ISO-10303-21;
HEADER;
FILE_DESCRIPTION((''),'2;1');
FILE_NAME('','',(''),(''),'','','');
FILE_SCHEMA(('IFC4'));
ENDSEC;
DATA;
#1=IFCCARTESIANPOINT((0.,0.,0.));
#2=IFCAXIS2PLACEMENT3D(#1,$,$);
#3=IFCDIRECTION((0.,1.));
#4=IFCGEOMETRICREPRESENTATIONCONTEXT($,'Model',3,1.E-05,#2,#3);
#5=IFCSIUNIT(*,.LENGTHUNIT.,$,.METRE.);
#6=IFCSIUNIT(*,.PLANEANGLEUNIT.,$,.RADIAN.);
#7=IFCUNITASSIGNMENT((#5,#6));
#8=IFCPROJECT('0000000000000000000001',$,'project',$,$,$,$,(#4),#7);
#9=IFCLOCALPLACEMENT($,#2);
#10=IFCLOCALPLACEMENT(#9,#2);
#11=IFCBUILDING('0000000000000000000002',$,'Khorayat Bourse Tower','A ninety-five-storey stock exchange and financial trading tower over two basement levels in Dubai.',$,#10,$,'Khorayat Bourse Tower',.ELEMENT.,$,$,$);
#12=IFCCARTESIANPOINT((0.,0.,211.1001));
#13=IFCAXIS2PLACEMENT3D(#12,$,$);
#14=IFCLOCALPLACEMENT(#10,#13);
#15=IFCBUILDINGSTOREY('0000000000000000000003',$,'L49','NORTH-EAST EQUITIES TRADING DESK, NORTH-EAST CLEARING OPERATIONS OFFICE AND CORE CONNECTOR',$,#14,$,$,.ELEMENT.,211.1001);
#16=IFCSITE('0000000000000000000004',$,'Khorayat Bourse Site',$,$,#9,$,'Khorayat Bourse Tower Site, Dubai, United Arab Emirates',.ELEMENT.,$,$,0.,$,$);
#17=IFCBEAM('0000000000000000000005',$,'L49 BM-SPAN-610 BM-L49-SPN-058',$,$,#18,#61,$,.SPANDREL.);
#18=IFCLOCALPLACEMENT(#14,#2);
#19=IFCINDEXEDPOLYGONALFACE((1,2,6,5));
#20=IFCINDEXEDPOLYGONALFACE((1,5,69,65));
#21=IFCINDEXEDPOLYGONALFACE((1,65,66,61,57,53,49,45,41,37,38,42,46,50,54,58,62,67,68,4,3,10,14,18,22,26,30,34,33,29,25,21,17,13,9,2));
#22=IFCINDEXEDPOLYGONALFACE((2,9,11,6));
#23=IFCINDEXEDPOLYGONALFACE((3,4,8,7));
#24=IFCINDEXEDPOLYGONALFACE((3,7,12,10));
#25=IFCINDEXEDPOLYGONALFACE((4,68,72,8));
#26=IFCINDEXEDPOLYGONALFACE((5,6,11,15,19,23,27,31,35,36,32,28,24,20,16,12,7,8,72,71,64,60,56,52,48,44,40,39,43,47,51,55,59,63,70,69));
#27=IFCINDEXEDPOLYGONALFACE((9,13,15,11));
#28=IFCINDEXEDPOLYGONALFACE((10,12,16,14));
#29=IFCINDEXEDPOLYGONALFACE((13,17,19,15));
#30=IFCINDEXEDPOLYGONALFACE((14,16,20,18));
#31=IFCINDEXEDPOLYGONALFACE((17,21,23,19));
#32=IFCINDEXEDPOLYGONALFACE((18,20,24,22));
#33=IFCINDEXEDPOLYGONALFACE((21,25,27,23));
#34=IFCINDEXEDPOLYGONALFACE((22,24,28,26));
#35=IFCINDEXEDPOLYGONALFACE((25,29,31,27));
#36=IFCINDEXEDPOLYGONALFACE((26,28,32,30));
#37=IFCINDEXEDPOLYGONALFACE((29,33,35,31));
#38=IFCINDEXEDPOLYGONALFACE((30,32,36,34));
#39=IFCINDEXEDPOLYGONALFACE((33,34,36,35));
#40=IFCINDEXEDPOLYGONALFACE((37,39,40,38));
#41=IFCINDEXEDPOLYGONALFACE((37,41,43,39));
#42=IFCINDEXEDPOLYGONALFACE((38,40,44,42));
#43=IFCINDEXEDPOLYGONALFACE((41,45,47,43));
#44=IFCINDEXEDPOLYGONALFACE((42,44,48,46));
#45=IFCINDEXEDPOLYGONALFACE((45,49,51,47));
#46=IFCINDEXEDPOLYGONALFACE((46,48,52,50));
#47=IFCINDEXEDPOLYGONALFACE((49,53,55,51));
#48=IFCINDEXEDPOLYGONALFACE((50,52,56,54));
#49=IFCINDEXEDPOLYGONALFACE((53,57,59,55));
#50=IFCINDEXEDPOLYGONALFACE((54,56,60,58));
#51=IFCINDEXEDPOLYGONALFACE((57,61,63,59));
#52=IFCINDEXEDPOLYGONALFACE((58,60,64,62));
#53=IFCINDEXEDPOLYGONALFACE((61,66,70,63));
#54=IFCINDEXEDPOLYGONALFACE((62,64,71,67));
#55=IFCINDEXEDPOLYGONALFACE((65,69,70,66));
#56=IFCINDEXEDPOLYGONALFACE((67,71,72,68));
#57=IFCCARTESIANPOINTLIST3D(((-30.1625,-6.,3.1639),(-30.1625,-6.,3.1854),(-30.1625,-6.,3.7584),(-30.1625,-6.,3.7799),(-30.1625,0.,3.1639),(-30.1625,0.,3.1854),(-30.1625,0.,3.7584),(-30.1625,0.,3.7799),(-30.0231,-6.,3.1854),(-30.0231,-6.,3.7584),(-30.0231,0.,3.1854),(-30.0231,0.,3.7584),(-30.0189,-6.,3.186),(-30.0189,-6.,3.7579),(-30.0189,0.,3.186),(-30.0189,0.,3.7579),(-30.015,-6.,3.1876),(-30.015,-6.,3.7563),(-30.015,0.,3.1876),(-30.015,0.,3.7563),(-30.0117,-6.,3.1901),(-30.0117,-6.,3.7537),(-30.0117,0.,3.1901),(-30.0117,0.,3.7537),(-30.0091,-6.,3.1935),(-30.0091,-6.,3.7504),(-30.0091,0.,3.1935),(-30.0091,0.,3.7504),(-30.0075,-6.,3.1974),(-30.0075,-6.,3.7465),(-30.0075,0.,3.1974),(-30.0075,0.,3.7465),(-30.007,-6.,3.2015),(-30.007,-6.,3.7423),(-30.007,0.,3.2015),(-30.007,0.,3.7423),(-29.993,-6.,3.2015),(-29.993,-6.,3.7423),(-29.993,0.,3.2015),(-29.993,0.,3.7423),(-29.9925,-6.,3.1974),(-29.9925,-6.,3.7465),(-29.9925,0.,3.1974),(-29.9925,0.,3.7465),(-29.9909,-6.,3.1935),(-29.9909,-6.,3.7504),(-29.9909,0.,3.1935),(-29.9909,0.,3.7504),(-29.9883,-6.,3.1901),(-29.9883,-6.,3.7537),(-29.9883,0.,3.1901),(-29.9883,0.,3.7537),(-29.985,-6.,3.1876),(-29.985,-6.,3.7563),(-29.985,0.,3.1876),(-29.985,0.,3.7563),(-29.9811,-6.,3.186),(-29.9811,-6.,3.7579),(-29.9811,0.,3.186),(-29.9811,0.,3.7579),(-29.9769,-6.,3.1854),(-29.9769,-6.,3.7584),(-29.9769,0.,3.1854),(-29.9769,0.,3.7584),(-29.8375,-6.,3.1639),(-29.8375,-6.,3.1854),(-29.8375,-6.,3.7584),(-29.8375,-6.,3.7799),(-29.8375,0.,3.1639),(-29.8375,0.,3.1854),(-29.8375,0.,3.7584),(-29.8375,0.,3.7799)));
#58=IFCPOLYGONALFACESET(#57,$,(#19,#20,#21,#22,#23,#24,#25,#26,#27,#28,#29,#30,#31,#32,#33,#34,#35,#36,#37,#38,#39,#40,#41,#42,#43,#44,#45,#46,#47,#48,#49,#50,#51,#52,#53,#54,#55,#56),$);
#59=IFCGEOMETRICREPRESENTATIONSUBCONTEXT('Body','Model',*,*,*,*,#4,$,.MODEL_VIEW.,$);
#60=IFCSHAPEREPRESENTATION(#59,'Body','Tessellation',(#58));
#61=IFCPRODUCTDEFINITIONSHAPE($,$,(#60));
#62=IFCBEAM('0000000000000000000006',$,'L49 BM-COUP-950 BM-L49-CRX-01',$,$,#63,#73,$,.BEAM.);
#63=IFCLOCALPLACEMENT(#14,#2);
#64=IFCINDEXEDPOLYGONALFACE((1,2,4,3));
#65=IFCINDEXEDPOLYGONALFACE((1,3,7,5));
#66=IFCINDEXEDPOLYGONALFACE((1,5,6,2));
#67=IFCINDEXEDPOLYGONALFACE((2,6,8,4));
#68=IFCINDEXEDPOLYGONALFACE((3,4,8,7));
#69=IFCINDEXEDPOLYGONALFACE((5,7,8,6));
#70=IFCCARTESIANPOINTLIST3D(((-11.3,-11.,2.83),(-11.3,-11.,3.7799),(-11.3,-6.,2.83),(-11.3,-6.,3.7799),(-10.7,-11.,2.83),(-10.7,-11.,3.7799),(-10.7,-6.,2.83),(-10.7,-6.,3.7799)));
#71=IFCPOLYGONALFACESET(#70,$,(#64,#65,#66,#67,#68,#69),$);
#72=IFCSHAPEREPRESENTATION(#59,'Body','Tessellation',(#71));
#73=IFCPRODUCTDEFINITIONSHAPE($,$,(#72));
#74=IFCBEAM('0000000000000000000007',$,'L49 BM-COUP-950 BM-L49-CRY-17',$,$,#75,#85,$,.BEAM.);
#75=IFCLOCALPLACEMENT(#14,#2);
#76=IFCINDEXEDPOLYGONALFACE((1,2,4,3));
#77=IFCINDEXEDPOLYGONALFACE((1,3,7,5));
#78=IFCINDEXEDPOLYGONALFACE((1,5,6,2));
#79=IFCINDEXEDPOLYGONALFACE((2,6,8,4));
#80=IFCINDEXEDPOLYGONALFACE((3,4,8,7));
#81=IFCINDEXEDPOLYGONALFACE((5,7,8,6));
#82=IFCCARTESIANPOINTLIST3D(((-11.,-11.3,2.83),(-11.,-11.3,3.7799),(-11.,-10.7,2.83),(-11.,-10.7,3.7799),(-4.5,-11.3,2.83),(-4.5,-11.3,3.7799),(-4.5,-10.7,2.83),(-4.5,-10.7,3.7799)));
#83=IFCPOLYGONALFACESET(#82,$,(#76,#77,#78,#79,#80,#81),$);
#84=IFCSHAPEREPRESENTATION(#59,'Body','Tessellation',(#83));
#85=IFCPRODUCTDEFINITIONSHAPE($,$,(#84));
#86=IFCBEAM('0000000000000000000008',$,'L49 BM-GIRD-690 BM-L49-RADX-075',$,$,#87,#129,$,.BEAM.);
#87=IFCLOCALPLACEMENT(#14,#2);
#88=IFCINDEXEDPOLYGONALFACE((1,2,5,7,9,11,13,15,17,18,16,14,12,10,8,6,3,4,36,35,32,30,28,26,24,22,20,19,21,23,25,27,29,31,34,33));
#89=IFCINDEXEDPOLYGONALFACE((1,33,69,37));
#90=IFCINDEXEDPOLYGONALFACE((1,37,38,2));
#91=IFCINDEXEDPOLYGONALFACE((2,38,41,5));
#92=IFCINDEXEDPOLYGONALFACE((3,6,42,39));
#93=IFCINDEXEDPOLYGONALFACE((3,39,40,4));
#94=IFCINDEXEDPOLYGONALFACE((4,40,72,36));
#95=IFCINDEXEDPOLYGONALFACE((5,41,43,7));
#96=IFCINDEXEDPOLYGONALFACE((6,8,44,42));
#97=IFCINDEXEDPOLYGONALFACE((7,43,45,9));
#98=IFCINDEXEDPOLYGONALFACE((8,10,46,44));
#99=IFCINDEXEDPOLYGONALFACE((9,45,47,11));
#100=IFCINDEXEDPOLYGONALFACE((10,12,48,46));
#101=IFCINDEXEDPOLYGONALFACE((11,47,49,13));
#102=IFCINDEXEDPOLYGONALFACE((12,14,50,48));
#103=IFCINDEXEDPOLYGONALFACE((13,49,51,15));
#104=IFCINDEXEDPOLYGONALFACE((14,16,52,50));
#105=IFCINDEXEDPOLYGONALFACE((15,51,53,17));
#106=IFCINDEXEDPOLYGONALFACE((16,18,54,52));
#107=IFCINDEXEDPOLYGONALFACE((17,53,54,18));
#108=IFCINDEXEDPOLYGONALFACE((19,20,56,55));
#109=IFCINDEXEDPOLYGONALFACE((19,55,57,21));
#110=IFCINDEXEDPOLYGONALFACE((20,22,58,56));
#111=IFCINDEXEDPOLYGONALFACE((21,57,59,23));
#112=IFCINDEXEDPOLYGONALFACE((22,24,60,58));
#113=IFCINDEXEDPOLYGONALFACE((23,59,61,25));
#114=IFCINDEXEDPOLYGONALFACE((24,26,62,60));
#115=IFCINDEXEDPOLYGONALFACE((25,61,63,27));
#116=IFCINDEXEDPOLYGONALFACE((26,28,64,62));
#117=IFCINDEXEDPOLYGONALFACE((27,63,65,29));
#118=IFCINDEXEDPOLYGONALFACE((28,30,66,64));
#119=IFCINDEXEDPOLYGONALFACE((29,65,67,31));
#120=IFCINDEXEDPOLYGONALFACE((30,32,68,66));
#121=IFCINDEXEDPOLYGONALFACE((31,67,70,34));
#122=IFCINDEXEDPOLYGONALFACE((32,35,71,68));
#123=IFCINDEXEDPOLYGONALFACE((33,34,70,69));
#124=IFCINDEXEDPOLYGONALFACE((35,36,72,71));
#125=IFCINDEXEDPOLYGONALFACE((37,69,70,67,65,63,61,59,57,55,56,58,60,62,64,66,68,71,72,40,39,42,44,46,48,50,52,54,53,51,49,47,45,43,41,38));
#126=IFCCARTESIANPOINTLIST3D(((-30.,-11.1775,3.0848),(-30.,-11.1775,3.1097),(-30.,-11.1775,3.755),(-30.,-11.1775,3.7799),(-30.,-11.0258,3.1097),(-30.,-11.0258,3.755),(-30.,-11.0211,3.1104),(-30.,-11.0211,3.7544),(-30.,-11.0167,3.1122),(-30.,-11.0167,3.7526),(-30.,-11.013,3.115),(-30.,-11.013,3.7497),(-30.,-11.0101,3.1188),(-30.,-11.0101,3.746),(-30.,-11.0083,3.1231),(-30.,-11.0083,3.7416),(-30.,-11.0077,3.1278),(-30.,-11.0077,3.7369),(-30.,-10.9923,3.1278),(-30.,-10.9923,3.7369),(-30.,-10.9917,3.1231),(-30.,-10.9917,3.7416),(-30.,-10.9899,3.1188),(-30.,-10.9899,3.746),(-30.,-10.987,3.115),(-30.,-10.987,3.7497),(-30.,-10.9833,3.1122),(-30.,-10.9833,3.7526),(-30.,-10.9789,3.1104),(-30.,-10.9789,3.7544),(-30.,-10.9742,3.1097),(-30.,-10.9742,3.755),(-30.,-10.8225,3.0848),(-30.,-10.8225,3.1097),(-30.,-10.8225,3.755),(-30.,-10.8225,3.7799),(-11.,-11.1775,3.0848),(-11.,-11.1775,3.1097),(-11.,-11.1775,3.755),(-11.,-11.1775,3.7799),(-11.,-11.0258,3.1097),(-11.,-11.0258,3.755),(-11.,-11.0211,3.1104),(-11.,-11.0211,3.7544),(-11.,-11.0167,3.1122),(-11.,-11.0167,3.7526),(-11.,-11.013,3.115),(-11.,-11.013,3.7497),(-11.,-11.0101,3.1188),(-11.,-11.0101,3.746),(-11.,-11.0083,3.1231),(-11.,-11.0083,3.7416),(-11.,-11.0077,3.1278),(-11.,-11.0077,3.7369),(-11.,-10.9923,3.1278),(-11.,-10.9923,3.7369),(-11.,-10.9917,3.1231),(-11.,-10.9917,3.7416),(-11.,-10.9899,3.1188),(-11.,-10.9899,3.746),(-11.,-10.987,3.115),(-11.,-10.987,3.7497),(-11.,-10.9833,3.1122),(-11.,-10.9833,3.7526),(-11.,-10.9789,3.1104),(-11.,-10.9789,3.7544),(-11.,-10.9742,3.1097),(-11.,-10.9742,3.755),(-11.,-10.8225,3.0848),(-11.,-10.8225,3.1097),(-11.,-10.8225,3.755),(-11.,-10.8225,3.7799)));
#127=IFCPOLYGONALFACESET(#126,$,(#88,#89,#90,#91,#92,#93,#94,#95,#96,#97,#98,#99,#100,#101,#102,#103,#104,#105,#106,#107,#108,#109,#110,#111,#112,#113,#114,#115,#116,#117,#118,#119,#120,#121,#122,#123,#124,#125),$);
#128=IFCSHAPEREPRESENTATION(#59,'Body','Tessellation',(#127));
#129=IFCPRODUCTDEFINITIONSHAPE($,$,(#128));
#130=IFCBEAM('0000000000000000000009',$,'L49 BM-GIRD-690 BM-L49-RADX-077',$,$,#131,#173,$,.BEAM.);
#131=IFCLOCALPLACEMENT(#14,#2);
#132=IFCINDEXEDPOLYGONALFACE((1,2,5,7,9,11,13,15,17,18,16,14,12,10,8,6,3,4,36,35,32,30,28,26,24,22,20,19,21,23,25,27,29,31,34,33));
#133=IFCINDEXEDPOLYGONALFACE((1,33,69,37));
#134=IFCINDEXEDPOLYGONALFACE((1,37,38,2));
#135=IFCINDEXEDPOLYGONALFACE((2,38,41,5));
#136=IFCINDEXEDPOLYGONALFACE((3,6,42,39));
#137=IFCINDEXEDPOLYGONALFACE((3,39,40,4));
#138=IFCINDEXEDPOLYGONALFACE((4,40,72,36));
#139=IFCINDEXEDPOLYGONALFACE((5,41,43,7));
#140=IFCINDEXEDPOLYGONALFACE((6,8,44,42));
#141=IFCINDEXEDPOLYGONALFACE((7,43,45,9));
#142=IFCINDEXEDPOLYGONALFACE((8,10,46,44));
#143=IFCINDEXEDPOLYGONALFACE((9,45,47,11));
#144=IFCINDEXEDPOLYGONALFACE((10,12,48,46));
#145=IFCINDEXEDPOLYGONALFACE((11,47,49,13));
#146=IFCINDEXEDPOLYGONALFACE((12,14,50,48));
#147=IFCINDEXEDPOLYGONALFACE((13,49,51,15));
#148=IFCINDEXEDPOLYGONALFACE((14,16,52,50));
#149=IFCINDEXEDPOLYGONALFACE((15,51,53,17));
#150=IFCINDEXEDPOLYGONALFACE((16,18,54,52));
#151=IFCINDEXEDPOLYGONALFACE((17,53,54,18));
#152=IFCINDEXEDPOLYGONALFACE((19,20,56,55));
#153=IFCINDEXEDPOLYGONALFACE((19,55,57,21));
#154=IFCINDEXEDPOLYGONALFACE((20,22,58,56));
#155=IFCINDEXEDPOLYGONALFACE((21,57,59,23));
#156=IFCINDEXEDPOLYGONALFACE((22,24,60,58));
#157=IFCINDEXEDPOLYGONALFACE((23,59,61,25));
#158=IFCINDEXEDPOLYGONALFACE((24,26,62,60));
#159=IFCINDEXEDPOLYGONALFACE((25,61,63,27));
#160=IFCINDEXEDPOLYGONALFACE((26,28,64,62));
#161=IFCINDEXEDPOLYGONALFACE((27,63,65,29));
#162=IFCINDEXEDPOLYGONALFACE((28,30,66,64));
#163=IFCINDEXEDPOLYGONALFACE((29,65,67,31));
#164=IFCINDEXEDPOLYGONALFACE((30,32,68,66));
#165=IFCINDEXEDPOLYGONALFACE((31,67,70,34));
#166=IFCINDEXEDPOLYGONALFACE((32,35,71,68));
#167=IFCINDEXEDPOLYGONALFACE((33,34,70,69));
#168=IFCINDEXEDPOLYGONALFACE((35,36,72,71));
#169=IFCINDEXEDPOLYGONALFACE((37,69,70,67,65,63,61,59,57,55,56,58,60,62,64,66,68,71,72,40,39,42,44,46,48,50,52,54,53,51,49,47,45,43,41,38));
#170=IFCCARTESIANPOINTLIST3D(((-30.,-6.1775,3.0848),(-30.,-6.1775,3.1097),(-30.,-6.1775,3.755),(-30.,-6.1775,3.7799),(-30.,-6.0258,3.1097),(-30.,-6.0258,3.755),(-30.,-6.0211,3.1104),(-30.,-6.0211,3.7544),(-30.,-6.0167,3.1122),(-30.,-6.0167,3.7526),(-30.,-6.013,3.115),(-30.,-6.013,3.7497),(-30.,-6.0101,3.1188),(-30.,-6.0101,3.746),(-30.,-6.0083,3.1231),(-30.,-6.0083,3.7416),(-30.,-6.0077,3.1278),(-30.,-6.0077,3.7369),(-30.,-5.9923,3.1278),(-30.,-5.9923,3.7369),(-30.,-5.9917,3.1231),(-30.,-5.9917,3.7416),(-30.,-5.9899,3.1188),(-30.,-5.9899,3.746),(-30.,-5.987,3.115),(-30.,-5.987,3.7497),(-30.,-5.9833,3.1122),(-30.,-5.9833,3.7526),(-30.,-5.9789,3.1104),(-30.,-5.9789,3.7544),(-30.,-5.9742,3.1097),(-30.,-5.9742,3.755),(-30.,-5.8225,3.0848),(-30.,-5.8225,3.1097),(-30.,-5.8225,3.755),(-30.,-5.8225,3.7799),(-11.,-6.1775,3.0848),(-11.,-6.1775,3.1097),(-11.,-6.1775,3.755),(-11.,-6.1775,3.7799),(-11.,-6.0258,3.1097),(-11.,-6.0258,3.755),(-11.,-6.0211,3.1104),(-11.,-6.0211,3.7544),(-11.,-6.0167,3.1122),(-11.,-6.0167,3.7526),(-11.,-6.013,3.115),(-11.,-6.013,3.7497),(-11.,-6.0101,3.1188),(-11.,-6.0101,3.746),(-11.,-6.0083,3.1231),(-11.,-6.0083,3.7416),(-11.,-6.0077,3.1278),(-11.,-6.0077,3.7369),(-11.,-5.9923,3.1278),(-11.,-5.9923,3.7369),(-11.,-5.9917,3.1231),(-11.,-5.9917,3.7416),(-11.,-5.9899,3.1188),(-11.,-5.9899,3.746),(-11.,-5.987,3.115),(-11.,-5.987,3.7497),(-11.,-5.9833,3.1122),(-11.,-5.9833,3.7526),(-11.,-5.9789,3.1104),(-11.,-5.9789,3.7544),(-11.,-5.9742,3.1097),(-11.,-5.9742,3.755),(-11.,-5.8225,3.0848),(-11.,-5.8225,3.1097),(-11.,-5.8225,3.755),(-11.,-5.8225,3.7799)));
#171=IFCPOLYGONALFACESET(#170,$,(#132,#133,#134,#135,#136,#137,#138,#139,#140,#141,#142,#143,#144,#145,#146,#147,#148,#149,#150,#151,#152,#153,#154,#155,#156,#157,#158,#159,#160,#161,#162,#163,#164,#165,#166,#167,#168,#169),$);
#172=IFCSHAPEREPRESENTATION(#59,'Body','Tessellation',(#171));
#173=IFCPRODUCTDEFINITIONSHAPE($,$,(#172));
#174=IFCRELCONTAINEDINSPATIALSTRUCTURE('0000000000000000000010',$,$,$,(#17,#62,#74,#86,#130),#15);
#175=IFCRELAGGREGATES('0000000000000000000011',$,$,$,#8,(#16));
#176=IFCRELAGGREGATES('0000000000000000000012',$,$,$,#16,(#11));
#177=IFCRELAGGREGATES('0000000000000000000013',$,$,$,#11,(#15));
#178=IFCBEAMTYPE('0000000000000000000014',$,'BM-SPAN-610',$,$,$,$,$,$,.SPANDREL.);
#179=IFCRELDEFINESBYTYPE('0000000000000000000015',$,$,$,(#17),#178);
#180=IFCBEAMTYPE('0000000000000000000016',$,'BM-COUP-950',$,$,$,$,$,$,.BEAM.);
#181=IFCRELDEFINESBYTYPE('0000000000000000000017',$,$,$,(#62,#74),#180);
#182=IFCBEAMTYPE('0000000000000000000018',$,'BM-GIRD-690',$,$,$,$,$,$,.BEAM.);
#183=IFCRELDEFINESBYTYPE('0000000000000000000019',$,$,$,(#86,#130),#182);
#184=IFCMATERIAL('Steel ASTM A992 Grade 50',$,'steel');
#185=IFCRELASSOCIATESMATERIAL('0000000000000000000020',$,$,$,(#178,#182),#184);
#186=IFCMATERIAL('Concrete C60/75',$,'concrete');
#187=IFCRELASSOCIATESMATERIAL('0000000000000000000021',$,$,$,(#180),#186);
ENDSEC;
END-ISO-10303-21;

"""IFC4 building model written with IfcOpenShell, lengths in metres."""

from ifc_helpers import new_model, si_unit, direction, frame, origin, origin_2d, place, context, subcontext, project, spatial, rectangle, i_section, extrude, source, transform, mapped, material, material_profile, profile_set, type_object, element, save


model = new_model("IFC4")

# Units and contexts
model_context = context("Model", 3, precision=1e-05, world=origin(), true_north=direction((0.0, 1.0)))
body_context = subcontext(model_context, "Body", "Model", "MODEL_VIEW")
ifc_project = project(units=[si_unit("LENGTHUNIT", "METRE"), si_unit("PLANEANGLEUNIT", "RADIAN")], contexts=[model_context])

# Site, building, storey
site_placement = place(None, origin())
site = spatial("IfcSite", under=ifc_project, at=site_placement, Name="Khorayat Bourse Site", LongName="Khorayat Bourse Tower Site, Dubai, United Arab Emirates", CompositionType="ELEMENT", RefElevation=0.0)
building_placement = place(site_placement, origin())
building = spatial("IfcBuilding", under=site, at=building_placement, Name="Khorayat Bourse Tower", Description="A ninety-five-storey stock exchange and financial trading tower over two basement levels in Dubai.", LongName="Khorayat Bourse Tower", CompositionType="ELEMENT")
storey_placement = place(building_placement, frame((0.0, 0.0, 211.1001)))
storey = spatial("IfcBuildingStorey", under=building, at=storey_placement, Name="L49", Description="NORTH-EAST EQUITIES TRADING DESK, NORTH-EAST CLEARING OPERATIONS OFFICE AND CORE CONNECTOR", CompositionType="ELEMENT", Elevation=211.1001)

# Shared definitions
ifc_material_1 = material(Name="Concrete C60/75", Category="concrete")

# Beams
ifc_material_2 = material(Name="Steel ASTM A992 Grade 50", Category="steel")
ifc_material_profile_1 = material_profile(ifc_material_2, i_section(OverallWidth=0.325, OverallDepth=0.616, WebThickness=0.0139, FlangeThickness=0.0215, FilletRadius=0.0161, at=origin_2d()), Name="W610X174")
ifc_profile_set_1 = profile_set([ifc_material_profile_1], Name="Steel ASTM A992 Grade 50")
beam_type_1 = type_object("IfcBeamType", Name="BM-SPAN-610", PredefinedType="SPANDREL", material=ifc_profile_set_1)
shared_shape_1 = source(origin(), body_context, "Body", "SweptSolid", [
    extrude(i_section(OverallWidth=0.325, OverallDepth=0.616, WebThickness=0.0139, FlangeThickness=0.0215, FilletRadius=0.0161, at=origin_2d()), origin(), (0.0, 0.0, 1.0), 6.0),
])
beam_1_placement = place(storey_placement, frame((-30.0, -6.0, 3.4719), z_axis=(0.0, 1.0, 0.0), x_axis=(-1.0, 0.0, 0.0)))
element("IfcBeam", 1, at=beam_1_placement, inside=storey, type_object=beam_type_1, Name="L49 BM-SPAN-610 BM-L49-SPN-058", PredefinedType="SPANDREL", context=body_context, shape_type="MappedRepresentation", body=[
    mapped(shared_shape_1, transform((0.0, 0.0, 0.0), scale=1.0)),
])
ifc_material_profile_2 = material_profile(ifc_material_1, rectangle(XDim=0.6001, YDim=0.95, at=origin_2d()), Name="RC 600x950")
ifc_profile_set_2 = profile_set([ifc_material_profile_2], Name="Concrete C60/75")
beam_type_2 = type_object("IfcBeamType", Name="BM-COUP-950", PredefinedType="BEAM", material=ifc_profile_set_2)
shared_shape_2 = source(origin(), body_context, "Body", "SweptSolid", [
    extrude(rectangle(XDim=0.6001, YDim=0.95, at=origin_2d()), origin(), (0.0, 0.0, 1.0), 5.0),
])
beam_2_placement = place(storey_placement, frame((-11.0, -11.0, 3.3049), z_axis=(0.0, 1.0, 0.0), x_axis=(-1.0, 0.0, 0.0)))
element("IfcBeam", 2, at=beam_2_placement, inside=storey, type_object=beam_type_2, Name="L49 BM-COUP-950 BM-L49-CRX-01", PredefinedType="BEAM", context=body_context, shape_type="MappedRepresentation", body=[
    mapped(shared_shape_2, transform((0.0, 0.0, 0.0), scale=1.0)),
])
shared_shape_3 = source(origin(), body_context, "Body", "SweptSolid", [
    extrude(rectangle(XDim=0.6001, YDim=0.95, at=origin_2d()), origin(), (0.0, 0.0, 1.0), 6.5),
])
beam_3_placement = place(storey_placement, frame((-11.0, -11.0, 3.3049), z_axis=(1.0, 0.0, 0.0), x_axis=(0.0, 1.0, 0.0)))
element("IfcBeam", 3, at=beam_3_placement, inside=storey, type_object=beam_type_2, Name="L49 BM-COUP-950 BM-L49-CRY-17", PredefinedType="BEAM", context=body_context, shape_type="MappedRepresentation", body=[
    mapped(shared_shape_3, transform((0.0, 0.0, 0.0), scale=1.0)),
])
ifc_material_profile_3 = material_profile(ifc_material_2, i_section(OverallWidth=0.355, OverallDepth=0.6951, WebThickness=0.0154, FlangeThickness=0.0249, FilletRadius=0.0181, at=origin_2d()), Name="W690X217")
ifc_profile_set_3 = profile_set([ifc_material_profile_3], Name="Steel ASTM A992 Grade 50")
beam_type_3 = type_object("IfcBeamType", Name="BM-GIRD-690", PredefinedType="BEAM", material=ifc_profile_set_3)
shared_shape_4 = source(origin(), body_context, "Body", "SweptSolid", [
    extrude(i_section(OverallWidth=0.355, OverallDepth=0.6951, WebThickness=0.0154, FlangeThickness=0.0249, FilletRadius=0.0181, at=origin_2d()), origin(), (0.0, 0.0, 1.0), 19.0),
])
for number, where, z_axis, x_axis, name in (
    (4, (-30.0, -11.0, 3.4324), (1.0, 0.0, 0.0), (0.0, 1.0, 0.0), "L49 BM-GIRD-690 BM-L49-RADX-075"),
    (5, (-30.0, -6.0, 3.4324), (1.0, 0.0, 0.0), (0.0, 1.0, 0.0), "L49 BM-GIRD-690 BM-L49-RADX-077"),
):
    element("IfcBeam", number, at=place(storey_placement, frame(where, z_axis=z_axis, x_axis=x_axis)), inside=storey, type_object=beam_type_3, Name=name, PredefinedType="BEAM", context=body_context, shape_type="MappedRepresentation", body=[
        mapped(shared_shape_4, transform((0.0, 0.0, 0.0), scale=1.0)),
    ])

save(model, "model.ifc")
